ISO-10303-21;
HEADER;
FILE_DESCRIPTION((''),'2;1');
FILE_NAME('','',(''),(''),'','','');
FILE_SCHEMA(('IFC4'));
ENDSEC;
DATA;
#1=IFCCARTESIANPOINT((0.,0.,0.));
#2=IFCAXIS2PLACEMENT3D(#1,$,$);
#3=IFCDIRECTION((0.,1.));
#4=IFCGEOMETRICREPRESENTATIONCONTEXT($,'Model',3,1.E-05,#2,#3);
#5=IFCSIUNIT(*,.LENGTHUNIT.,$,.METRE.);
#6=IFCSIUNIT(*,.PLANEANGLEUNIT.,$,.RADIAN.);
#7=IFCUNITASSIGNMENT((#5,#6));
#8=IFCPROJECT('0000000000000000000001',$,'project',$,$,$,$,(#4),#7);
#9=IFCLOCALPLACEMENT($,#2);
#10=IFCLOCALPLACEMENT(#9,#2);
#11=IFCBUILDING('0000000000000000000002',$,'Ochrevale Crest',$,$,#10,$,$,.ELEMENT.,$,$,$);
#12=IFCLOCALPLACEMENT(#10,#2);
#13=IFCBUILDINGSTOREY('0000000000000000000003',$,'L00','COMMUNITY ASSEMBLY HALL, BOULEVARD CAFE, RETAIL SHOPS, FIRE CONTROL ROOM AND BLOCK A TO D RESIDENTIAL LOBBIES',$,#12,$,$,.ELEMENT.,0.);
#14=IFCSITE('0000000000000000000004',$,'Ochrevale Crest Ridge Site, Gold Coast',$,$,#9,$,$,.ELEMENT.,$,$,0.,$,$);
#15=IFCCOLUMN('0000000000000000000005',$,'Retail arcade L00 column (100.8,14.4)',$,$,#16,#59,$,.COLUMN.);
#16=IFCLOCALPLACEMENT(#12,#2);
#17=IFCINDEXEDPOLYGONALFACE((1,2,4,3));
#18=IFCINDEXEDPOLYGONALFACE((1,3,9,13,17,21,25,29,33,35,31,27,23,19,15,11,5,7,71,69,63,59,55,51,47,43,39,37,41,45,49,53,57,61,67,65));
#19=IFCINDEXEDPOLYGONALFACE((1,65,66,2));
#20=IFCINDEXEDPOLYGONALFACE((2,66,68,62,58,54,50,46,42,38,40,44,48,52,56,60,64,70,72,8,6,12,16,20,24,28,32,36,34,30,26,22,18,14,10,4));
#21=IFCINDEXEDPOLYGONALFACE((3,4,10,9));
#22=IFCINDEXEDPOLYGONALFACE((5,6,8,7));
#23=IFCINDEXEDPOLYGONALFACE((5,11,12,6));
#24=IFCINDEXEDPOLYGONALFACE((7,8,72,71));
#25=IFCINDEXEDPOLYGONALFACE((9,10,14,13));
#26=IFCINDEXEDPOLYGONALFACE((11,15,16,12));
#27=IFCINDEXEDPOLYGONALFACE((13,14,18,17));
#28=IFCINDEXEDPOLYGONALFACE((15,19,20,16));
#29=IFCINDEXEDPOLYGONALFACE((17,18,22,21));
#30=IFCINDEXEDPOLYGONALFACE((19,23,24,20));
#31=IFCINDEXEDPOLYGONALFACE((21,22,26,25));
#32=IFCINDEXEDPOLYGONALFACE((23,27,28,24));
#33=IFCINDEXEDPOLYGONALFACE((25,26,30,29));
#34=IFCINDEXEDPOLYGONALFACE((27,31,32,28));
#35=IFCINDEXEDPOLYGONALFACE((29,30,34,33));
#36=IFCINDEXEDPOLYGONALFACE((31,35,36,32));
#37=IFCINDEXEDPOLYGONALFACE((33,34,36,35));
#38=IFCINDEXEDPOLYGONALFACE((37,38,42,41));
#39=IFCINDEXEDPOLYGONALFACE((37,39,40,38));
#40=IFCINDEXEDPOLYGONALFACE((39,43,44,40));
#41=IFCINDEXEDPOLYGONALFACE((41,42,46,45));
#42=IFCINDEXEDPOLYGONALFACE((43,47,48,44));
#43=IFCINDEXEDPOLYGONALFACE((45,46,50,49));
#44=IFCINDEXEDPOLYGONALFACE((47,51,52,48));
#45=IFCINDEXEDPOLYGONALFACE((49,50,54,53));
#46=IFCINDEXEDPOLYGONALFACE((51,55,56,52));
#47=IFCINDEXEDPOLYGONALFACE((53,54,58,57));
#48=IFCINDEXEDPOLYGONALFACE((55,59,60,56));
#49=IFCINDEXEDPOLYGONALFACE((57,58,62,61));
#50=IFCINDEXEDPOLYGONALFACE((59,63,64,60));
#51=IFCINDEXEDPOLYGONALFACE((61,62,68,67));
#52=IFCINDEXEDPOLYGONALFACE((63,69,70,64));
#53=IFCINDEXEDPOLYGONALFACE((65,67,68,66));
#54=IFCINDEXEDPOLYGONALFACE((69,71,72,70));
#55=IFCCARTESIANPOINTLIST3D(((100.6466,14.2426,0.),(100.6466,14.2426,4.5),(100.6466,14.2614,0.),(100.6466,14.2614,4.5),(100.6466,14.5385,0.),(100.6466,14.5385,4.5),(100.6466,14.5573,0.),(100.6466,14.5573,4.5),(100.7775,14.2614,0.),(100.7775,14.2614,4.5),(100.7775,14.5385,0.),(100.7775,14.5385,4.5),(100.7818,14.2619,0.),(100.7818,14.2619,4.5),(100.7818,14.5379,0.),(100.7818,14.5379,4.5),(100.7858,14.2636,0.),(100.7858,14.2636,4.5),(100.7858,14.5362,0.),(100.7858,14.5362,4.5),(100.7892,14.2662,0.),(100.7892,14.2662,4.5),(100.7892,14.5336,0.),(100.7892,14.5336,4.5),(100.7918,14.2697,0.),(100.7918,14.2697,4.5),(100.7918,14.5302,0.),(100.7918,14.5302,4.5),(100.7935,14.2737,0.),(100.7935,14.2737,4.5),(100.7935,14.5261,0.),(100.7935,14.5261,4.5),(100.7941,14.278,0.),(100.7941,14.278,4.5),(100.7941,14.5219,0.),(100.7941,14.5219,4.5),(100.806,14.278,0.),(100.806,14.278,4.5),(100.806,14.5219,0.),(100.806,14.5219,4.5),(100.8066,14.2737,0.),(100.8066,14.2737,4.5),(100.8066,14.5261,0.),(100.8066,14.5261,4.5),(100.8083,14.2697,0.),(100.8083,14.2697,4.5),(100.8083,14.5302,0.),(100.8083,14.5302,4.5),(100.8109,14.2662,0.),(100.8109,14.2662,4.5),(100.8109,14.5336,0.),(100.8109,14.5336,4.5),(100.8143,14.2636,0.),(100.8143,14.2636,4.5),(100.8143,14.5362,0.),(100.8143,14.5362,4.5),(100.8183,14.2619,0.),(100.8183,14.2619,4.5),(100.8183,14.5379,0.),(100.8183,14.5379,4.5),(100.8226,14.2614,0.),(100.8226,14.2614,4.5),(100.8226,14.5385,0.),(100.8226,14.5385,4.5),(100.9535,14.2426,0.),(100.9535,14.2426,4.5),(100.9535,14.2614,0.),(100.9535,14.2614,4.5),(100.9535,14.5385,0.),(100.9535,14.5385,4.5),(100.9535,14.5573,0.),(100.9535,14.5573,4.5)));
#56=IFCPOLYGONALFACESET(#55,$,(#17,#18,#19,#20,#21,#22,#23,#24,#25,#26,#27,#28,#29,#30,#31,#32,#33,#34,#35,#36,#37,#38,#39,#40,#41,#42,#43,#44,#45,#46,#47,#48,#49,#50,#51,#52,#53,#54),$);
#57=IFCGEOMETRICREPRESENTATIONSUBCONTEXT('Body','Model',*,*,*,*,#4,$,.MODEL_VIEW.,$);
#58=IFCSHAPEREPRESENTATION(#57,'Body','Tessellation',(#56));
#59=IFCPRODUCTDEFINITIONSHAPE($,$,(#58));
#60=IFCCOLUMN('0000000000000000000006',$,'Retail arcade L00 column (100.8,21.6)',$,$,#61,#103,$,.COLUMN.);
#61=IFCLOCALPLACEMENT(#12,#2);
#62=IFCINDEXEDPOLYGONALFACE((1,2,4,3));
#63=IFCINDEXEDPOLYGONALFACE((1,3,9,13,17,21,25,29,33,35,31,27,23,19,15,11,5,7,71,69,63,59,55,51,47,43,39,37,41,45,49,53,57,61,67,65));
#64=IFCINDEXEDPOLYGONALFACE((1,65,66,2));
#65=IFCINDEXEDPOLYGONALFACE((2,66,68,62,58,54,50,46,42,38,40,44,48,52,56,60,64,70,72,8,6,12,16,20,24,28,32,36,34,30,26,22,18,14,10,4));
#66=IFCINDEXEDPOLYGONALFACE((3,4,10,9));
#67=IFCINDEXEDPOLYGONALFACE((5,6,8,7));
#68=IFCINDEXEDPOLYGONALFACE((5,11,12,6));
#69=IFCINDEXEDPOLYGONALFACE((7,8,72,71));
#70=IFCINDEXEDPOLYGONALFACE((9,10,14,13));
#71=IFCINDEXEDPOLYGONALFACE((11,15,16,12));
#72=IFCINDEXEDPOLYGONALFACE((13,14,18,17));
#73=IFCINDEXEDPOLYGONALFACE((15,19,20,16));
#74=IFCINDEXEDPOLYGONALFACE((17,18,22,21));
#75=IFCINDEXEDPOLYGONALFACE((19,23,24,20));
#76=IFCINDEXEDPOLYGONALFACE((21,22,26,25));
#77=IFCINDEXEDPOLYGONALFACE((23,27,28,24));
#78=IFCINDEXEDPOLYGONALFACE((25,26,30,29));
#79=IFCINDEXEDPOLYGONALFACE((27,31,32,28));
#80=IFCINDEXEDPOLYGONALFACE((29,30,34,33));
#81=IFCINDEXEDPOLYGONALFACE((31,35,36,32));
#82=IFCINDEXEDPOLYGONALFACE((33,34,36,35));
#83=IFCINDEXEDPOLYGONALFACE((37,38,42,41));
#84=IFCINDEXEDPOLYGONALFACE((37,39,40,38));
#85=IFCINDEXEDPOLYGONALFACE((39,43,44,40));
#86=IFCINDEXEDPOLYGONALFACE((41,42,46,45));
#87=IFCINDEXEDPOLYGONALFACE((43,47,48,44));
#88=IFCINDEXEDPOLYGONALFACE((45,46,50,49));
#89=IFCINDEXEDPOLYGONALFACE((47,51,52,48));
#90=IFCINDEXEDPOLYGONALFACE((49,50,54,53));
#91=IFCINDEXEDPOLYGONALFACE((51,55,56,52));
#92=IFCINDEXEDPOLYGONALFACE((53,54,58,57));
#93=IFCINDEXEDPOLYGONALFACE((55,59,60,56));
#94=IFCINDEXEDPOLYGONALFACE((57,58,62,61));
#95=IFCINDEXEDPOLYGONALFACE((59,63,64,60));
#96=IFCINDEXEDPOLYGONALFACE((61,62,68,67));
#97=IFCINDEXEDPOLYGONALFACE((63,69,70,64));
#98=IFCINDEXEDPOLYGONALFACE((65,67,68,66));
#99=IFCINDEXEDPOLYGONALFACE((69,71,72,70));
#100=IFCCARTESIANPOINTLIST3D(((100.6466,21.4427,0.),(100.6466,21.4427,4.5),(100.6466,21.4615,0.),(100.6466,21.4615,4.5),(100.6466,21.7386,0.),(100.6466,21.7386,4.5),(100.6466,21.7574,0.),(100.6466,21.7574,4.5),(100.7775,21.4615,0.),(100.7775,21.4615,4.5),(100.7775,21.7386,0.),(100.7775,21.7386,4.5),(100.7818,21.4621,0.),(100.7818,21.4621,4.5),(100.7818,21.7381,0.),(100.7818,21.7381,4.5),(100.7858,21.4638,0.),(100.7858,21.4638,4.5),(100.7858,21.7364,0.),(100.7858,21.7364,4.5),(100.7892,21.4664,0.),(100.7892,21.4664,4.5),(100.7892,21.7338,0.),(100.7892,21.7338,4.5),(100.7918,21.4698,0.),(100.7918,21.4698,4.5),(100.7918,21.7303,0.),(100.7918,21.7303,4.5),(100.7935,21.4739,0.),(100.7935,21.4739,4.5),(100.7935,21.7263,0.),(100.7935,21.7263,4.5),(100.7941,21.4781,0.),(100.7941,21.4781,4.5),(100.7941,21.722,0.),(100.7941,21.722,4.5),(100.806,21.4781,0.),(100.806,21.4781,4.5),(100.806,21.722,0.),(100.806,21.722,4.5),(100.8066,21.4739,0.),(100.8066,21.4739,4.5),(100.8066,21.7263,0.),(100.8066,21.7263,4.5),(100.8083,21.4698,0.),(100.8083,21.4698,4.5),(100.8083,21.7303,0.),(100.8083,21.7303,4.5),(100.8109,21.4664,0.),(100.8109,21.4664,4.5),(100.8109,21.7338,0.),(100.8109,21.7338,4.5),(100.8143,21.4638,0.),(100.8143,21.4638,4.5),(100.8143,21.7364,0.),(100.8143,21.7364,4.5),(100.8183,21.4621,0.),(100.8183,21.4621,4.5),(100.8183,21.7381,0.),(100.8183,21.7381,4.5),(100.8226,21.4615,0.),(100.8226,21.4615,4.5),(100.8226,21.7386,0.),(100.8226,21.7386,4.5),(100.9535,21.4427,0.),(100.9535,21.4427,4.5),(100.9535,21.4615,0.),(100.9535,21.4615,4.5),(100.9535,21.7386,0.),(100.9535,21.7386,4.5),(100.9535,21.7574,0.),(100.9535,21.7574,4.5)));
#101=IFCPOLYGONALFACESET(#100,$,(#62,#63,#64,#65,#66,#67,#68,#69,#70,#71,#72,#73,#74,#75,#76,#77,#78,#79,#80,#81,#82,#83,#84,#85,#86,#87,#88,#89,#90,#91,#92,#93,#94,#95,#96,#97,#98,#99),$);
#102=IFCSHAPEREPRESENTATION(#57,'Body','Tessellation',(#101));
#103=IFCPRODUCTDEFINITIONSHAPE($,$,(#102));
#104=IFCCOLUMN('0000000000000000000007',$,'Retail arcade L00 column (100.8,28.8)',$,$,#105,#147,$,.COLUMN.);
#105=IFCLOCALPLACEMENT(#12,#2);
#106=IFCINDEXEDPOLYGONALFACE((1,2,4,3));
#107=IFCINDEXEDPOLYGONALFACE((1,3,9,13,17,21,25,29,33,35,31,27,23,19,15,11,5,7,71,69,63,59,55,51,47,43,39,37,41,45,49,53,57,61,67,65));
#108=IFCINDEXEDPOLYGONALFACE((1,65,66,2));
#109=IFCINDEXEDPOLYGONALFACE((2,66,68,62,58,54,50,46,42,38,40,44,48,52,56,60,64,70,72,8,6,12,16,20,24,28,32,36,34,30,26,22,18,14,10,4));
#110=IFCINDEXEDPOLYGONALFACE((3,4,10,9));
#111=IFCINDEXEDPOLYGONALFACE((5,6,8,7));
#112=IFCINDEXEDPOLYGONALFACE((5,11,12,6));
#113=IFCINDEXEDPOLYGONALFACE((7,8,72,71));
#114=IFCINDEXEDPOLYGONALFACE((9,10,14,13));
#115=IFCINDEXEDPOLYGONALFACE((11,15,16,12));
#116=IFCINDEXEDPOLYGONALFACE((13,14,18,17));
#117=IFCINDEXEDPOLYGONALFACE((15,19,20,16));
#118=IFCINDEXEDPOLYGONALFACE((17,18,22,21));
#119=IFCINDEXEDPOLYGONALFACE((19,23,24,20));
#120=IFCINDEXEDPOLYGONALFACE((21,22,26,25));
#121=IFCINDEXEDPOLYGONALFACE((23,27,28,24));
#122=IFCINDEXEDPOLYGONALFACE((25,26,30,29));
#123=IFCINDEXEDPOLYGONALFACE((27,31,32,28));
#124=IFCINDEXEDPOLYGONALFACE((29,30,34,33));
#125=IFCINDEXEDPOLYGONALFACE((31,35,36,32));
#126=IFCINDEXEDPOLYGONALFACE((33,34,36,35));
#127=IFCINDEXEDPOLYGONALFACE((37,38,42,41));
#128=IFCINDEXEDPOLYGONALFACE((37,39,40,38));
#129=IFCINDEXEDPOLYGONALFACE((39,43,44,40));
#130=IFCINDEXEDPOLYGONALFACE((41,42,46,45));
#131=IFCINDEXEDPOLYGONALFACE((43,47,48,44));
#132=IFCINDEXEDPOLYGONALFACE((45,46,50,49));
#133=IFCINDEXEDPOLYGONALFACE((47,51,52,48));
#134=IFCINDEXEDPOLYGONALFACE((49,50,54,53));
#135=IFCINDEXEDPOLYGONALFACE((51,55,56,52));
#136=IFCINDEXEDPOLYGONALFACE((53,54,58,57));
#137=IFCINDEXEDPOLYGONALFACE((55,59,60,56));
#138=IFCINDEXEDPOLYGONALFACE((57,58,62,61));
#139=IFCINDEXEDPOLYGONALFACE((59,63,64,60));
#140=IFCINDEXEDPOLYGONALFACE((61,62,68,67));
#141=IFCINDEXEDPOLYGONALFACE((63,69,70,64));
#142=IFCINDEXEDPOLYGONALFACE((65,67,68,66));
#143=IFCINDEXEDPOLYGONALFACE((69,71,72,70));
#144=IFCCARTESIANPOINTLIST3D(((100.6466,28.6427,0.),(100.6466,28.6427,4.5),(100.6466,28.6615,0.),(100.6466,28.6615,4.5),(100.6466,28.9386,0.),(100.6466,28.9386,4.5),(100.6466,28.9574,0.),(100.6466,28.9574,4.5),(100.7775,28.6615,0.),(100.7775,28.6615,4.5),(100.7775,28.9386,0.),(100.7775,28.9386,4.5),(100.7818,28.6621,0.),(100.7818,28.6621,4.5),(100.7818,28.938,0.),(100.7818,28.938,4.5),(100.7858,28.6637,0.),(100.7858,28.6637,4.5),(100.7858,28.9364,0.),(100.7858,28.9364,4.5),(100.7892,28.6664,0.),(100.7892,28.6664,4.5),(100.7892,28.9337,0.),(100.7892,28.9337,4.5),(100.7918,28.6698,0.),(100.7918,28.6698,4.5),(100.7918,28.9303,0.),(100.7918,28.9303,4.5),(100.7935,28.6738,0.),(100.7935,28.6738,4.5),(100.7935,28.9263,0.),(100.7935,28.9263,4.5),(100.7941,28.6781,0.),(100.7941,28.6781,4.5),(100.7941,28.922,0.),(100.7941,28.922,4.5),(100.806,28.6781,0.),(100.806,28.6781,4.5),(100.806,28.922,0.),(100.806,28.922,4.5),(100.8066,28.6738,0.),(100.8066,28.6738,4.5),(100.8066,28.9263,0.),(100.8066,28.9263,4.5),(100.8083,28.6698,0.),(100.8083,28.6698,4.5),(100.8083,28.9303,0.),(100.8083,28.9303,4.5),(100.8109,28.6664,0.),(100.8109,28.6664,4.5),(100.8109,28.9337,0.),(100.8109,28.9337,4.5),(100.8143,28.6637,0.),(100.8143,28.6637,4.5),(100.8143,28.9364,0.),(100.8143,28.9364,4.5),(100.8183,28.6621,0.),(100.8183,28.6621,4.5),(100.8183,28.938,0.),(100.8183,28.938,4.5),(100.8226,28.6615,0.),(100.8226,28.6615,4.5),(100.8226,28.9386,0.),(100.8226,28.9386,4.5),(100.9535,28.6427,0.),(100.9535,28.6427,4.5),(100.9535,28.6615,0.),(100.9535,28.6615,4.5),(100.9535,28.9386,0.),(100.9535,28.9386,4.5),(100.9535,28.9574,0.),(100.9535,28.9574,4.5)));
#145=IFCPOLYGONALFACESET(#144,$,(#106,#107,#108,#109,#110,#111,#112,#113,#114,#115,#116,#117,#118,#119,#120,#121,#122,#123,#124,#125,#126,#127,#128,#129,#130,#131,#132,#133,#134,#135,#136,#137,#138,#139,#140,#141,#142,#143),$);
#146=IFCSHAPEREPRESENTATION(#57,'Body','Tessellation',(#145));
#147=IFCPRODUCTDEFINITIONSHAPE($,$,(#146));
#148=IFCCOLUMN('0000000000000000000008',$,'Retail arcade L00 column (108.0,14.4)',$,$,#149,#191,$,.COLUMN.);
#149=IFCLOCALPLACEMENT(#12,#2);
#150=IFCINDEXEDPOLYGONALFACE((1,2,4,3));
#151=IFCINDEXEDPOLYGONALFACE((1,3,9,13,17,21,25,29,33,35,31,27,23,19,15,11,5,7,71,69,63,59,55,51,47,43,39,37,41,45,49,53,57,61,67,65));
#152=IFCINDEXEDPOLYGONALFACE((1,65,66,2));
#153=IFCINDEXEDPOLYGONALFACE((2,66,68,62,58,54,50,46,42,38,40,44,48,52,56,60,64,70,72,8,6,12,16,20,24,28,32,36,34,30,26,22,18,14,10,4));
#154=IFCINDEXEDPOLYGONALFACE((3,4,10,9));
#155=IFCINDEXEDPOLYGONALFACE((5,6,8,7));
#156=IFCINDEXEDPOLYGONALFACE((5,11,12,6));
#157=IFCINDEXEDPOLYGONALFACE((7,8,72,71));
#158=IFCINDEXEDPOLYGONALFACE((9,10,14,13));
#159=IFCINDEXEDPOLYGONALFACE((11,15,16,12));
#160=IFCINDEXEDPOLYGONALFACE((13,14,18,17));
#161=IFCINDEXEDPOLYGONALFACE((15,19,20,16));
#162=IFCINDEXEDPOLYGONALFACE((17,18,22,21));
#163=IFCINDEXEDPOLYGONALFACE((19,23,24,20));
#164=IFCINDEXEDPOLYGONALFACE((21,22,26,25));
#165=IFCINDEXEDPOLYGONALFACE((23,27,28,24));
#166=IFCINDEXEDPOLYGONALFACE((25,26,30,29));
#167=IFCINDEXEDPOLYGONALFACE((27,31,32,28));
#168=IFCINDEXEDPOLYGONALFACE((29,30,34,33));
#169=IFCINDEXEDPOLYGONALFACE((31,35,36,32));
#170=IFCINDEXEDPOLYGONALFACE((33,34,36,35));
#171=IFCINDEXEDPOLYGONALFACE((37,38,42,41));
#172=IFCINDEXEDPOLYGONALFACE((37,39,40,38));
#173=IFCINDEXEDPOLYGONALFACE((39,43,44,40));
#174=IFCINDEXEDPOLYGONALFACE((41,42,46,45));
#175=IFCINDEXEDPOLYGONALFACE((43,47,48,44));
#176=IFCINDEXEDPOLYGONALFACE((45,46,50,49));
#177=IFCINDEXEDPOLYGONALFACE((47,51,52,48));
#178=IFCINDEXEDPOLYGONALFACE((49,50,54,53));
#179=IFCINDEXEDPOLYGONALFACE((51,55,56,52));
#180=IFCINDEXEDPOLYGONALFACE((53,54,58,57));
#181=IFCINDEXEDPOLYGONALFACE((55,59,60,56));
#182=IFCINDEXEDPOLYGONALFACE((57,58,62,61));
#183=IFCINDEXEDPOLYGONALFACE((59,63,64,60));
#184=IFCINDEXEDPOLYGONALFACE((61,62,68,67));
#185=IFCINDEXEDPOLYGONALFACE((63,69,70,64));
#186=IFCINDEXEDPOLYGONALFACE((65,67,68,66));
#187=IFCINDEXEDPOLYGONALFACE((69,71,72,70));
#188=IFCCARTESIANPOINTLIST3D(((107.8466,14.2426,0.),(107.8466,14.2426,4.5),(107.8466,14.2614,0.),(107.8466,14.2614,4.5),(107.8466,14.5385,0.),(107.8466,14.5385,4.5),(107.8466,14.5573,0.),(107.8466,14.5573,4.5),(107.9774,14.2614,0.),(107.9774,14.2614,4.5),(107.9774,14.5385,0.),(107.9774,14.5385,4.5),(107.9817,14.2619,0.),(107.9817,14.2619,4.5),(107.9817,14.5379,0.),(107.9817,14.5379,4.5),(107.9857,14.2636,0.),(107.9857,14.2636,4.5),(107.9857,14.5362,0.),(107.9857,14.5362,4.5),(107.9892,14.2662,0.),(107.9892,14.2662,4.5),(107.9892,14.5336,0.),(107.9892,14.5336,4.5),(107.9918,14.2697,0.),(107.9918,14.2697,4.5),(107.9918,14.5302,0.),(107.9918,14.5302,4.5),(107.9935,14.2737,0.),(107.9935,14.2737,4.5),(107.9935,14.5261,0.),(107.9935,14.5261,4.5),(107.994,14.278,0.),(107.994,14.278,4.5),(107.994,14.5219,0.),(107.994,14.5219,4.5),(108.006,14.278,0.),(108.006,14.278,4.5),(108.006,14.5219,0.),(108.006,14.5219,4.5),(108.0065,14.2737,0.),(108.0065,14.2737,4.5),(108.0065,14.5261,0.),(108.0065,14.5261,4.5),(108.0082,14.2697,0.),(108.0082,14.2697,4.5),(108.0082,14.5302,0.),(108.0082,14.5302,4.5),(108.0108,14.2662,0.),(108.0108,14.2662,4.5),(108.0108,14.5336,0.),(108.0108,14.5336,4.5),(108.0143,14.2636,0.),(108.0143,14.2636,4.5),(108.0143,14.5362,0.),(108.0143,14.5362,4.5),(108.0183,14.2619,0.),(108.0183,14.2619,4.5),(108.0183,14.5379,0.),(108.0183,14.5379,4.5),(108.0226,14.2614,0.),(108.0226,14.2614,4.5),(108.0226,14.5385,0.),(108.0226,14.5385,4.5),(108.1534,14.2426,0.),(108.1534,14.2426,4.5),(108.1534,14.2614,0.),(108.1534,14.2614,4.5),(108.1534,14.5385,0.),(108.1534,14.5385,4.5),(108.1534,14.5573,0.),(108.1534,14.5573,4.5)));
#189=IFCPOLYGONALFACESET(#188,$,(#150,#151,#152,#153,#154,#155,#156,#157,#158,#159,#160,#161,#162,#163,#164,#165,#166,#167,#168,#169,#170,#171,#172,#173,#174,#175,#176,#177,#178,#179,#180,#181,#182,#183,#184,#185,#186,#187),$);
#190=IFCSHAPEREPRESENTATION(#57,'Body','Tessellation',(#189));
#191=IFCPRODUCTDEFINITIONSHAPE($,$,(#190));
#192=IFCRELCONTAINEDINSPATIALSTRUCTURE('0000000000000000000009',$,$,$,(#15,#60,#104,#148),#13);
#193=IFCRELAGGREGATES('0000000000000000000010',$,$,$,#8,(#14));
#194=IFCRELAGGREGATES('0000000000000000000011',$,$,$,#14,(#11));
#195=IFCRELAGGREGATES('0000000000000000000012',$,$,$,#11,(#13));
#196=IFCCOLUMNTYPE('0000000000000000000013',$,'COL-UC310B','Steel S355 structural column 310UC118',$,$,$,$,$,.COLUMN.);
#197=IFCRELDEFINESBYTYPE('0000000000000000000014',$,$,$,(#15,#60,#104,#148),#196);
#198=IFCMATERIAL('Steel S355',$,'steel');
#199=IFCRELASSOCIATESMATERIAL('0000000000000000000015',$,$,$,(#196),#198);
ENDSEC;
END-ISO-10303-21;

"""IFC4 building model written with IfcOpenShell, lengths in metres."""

from ifc_helpers import new_model, si_unit, direction, frame, origin, origin_2d, place, context, subcontext, project, spatial, i_section, extrude, material, material_profile, profile_set, type_object, element, save


model = new_model("IFC4")

# Units and contexts
model_context = context("Model", 3, precision=1e-05, world=origin(), true_north=direction((0.0, 1.0)))
body_context = subcontext(model_context, "Body", "Model", "MODEL_VIEW")
ifc_project = project(units=[si_unit("LENGTHUNIT", "METRE"), si_unit("PLANEANGLEUNIT", "RADIAN")], contexts=[model_context])

# Site, building, storey
site_placement = place(None, origin())
site = spatial("IfcSite", under=ifc_project, at=site_placement, Name="Ochrevale Crest Ridge Site, Gold Coast", CompositionType="ELEMENT", RefElevation=0.0)
building_placement = place(site_placement, origin())
building = spatial("IfcBuilding", under=site, at=building_placement, Name="Ochrevale Crest", CompositionType="ELEMENT")
storey_placement = place(building_placement, origin())
storey = spatial("IfcBuildingStorey", under=building, at=storey_placement, Name="L00", Description="COMMUNITY ASSEMBLY HALL, BOULEVARD CAFE, RETAIL SHOPS, FIRE CONTROL ROOM AND BLOCK A TO D RESIDENTIAL LOBBIES", CompositionType="ELEMENT", Elevation=0.0)

# Columns
ifc_material_1 = material(Name="Steel S355", Category="steel")
ifc_material_profile_1 = material_profile(ifc_material_1, i_section(OverallWidth=0.3069, OverallDepth=0.3147, WebThickness=0.012, FlangeThickness=0.0188, FilletRadius=0.0166, at=origin_2d()), Name="310UC118")
ifc_profile_set_1 = profile_set([ifc_material_profile_1], Name="Steel S355")
column_type = type_object("IfcColumnType", Name="COL-UC310B", Description="Steel S355 structural column 310UC118", PredefinedType="COLUMN", material=ifc_profile_set_1)
for number, where, z_axis, x_axis, name in (
    (1, (100.8, 14.3999, 0.0), (0.0, 0.0, 1.0), (1.0, 0.0, 0.0), "Retail arcade L00 column (100.8,14.4)"),
    (2, (100.8, 21.6001, 0.0), (0.0, 0.0, 1.0), (1.0, 0.0, 0.0), "Retail arcade L00 column (100.8,21.6)"),
    (3, (100.8, 28.8, 0.0), (0.0, 0.0, 1.0), (1.0, 0.0, 0.0), "Retail arcade L00 column (100.8,28.8)"),
    (4, (108.0, 14.3999, 0.0), (0.0, 0.0, 1.0), (1.0, 0.0, 0.0), "Retail arcade L00 column (108.0,14.4)"),
):
    element("IfcColumn", number, at=place(storey_placement, frame(where, z_axis=z_axis, x_axis=x_axis)), inside=storey, type_object=column_type, Name=name, PredefinedType="COLUMN", context=body_context, shape_type="SweptSolid", body=[
        extrude(i_section(OverallWidth=0.3069, OverallDepth=0.3147, WebThickness=0.012, FlangeThickness=0.0188, FilletRadius=0.0166, at=origin_2d()), origin(), (0.0, 0.0, 1.0), 4.5),
    ])

save(model, "model.ifc")
